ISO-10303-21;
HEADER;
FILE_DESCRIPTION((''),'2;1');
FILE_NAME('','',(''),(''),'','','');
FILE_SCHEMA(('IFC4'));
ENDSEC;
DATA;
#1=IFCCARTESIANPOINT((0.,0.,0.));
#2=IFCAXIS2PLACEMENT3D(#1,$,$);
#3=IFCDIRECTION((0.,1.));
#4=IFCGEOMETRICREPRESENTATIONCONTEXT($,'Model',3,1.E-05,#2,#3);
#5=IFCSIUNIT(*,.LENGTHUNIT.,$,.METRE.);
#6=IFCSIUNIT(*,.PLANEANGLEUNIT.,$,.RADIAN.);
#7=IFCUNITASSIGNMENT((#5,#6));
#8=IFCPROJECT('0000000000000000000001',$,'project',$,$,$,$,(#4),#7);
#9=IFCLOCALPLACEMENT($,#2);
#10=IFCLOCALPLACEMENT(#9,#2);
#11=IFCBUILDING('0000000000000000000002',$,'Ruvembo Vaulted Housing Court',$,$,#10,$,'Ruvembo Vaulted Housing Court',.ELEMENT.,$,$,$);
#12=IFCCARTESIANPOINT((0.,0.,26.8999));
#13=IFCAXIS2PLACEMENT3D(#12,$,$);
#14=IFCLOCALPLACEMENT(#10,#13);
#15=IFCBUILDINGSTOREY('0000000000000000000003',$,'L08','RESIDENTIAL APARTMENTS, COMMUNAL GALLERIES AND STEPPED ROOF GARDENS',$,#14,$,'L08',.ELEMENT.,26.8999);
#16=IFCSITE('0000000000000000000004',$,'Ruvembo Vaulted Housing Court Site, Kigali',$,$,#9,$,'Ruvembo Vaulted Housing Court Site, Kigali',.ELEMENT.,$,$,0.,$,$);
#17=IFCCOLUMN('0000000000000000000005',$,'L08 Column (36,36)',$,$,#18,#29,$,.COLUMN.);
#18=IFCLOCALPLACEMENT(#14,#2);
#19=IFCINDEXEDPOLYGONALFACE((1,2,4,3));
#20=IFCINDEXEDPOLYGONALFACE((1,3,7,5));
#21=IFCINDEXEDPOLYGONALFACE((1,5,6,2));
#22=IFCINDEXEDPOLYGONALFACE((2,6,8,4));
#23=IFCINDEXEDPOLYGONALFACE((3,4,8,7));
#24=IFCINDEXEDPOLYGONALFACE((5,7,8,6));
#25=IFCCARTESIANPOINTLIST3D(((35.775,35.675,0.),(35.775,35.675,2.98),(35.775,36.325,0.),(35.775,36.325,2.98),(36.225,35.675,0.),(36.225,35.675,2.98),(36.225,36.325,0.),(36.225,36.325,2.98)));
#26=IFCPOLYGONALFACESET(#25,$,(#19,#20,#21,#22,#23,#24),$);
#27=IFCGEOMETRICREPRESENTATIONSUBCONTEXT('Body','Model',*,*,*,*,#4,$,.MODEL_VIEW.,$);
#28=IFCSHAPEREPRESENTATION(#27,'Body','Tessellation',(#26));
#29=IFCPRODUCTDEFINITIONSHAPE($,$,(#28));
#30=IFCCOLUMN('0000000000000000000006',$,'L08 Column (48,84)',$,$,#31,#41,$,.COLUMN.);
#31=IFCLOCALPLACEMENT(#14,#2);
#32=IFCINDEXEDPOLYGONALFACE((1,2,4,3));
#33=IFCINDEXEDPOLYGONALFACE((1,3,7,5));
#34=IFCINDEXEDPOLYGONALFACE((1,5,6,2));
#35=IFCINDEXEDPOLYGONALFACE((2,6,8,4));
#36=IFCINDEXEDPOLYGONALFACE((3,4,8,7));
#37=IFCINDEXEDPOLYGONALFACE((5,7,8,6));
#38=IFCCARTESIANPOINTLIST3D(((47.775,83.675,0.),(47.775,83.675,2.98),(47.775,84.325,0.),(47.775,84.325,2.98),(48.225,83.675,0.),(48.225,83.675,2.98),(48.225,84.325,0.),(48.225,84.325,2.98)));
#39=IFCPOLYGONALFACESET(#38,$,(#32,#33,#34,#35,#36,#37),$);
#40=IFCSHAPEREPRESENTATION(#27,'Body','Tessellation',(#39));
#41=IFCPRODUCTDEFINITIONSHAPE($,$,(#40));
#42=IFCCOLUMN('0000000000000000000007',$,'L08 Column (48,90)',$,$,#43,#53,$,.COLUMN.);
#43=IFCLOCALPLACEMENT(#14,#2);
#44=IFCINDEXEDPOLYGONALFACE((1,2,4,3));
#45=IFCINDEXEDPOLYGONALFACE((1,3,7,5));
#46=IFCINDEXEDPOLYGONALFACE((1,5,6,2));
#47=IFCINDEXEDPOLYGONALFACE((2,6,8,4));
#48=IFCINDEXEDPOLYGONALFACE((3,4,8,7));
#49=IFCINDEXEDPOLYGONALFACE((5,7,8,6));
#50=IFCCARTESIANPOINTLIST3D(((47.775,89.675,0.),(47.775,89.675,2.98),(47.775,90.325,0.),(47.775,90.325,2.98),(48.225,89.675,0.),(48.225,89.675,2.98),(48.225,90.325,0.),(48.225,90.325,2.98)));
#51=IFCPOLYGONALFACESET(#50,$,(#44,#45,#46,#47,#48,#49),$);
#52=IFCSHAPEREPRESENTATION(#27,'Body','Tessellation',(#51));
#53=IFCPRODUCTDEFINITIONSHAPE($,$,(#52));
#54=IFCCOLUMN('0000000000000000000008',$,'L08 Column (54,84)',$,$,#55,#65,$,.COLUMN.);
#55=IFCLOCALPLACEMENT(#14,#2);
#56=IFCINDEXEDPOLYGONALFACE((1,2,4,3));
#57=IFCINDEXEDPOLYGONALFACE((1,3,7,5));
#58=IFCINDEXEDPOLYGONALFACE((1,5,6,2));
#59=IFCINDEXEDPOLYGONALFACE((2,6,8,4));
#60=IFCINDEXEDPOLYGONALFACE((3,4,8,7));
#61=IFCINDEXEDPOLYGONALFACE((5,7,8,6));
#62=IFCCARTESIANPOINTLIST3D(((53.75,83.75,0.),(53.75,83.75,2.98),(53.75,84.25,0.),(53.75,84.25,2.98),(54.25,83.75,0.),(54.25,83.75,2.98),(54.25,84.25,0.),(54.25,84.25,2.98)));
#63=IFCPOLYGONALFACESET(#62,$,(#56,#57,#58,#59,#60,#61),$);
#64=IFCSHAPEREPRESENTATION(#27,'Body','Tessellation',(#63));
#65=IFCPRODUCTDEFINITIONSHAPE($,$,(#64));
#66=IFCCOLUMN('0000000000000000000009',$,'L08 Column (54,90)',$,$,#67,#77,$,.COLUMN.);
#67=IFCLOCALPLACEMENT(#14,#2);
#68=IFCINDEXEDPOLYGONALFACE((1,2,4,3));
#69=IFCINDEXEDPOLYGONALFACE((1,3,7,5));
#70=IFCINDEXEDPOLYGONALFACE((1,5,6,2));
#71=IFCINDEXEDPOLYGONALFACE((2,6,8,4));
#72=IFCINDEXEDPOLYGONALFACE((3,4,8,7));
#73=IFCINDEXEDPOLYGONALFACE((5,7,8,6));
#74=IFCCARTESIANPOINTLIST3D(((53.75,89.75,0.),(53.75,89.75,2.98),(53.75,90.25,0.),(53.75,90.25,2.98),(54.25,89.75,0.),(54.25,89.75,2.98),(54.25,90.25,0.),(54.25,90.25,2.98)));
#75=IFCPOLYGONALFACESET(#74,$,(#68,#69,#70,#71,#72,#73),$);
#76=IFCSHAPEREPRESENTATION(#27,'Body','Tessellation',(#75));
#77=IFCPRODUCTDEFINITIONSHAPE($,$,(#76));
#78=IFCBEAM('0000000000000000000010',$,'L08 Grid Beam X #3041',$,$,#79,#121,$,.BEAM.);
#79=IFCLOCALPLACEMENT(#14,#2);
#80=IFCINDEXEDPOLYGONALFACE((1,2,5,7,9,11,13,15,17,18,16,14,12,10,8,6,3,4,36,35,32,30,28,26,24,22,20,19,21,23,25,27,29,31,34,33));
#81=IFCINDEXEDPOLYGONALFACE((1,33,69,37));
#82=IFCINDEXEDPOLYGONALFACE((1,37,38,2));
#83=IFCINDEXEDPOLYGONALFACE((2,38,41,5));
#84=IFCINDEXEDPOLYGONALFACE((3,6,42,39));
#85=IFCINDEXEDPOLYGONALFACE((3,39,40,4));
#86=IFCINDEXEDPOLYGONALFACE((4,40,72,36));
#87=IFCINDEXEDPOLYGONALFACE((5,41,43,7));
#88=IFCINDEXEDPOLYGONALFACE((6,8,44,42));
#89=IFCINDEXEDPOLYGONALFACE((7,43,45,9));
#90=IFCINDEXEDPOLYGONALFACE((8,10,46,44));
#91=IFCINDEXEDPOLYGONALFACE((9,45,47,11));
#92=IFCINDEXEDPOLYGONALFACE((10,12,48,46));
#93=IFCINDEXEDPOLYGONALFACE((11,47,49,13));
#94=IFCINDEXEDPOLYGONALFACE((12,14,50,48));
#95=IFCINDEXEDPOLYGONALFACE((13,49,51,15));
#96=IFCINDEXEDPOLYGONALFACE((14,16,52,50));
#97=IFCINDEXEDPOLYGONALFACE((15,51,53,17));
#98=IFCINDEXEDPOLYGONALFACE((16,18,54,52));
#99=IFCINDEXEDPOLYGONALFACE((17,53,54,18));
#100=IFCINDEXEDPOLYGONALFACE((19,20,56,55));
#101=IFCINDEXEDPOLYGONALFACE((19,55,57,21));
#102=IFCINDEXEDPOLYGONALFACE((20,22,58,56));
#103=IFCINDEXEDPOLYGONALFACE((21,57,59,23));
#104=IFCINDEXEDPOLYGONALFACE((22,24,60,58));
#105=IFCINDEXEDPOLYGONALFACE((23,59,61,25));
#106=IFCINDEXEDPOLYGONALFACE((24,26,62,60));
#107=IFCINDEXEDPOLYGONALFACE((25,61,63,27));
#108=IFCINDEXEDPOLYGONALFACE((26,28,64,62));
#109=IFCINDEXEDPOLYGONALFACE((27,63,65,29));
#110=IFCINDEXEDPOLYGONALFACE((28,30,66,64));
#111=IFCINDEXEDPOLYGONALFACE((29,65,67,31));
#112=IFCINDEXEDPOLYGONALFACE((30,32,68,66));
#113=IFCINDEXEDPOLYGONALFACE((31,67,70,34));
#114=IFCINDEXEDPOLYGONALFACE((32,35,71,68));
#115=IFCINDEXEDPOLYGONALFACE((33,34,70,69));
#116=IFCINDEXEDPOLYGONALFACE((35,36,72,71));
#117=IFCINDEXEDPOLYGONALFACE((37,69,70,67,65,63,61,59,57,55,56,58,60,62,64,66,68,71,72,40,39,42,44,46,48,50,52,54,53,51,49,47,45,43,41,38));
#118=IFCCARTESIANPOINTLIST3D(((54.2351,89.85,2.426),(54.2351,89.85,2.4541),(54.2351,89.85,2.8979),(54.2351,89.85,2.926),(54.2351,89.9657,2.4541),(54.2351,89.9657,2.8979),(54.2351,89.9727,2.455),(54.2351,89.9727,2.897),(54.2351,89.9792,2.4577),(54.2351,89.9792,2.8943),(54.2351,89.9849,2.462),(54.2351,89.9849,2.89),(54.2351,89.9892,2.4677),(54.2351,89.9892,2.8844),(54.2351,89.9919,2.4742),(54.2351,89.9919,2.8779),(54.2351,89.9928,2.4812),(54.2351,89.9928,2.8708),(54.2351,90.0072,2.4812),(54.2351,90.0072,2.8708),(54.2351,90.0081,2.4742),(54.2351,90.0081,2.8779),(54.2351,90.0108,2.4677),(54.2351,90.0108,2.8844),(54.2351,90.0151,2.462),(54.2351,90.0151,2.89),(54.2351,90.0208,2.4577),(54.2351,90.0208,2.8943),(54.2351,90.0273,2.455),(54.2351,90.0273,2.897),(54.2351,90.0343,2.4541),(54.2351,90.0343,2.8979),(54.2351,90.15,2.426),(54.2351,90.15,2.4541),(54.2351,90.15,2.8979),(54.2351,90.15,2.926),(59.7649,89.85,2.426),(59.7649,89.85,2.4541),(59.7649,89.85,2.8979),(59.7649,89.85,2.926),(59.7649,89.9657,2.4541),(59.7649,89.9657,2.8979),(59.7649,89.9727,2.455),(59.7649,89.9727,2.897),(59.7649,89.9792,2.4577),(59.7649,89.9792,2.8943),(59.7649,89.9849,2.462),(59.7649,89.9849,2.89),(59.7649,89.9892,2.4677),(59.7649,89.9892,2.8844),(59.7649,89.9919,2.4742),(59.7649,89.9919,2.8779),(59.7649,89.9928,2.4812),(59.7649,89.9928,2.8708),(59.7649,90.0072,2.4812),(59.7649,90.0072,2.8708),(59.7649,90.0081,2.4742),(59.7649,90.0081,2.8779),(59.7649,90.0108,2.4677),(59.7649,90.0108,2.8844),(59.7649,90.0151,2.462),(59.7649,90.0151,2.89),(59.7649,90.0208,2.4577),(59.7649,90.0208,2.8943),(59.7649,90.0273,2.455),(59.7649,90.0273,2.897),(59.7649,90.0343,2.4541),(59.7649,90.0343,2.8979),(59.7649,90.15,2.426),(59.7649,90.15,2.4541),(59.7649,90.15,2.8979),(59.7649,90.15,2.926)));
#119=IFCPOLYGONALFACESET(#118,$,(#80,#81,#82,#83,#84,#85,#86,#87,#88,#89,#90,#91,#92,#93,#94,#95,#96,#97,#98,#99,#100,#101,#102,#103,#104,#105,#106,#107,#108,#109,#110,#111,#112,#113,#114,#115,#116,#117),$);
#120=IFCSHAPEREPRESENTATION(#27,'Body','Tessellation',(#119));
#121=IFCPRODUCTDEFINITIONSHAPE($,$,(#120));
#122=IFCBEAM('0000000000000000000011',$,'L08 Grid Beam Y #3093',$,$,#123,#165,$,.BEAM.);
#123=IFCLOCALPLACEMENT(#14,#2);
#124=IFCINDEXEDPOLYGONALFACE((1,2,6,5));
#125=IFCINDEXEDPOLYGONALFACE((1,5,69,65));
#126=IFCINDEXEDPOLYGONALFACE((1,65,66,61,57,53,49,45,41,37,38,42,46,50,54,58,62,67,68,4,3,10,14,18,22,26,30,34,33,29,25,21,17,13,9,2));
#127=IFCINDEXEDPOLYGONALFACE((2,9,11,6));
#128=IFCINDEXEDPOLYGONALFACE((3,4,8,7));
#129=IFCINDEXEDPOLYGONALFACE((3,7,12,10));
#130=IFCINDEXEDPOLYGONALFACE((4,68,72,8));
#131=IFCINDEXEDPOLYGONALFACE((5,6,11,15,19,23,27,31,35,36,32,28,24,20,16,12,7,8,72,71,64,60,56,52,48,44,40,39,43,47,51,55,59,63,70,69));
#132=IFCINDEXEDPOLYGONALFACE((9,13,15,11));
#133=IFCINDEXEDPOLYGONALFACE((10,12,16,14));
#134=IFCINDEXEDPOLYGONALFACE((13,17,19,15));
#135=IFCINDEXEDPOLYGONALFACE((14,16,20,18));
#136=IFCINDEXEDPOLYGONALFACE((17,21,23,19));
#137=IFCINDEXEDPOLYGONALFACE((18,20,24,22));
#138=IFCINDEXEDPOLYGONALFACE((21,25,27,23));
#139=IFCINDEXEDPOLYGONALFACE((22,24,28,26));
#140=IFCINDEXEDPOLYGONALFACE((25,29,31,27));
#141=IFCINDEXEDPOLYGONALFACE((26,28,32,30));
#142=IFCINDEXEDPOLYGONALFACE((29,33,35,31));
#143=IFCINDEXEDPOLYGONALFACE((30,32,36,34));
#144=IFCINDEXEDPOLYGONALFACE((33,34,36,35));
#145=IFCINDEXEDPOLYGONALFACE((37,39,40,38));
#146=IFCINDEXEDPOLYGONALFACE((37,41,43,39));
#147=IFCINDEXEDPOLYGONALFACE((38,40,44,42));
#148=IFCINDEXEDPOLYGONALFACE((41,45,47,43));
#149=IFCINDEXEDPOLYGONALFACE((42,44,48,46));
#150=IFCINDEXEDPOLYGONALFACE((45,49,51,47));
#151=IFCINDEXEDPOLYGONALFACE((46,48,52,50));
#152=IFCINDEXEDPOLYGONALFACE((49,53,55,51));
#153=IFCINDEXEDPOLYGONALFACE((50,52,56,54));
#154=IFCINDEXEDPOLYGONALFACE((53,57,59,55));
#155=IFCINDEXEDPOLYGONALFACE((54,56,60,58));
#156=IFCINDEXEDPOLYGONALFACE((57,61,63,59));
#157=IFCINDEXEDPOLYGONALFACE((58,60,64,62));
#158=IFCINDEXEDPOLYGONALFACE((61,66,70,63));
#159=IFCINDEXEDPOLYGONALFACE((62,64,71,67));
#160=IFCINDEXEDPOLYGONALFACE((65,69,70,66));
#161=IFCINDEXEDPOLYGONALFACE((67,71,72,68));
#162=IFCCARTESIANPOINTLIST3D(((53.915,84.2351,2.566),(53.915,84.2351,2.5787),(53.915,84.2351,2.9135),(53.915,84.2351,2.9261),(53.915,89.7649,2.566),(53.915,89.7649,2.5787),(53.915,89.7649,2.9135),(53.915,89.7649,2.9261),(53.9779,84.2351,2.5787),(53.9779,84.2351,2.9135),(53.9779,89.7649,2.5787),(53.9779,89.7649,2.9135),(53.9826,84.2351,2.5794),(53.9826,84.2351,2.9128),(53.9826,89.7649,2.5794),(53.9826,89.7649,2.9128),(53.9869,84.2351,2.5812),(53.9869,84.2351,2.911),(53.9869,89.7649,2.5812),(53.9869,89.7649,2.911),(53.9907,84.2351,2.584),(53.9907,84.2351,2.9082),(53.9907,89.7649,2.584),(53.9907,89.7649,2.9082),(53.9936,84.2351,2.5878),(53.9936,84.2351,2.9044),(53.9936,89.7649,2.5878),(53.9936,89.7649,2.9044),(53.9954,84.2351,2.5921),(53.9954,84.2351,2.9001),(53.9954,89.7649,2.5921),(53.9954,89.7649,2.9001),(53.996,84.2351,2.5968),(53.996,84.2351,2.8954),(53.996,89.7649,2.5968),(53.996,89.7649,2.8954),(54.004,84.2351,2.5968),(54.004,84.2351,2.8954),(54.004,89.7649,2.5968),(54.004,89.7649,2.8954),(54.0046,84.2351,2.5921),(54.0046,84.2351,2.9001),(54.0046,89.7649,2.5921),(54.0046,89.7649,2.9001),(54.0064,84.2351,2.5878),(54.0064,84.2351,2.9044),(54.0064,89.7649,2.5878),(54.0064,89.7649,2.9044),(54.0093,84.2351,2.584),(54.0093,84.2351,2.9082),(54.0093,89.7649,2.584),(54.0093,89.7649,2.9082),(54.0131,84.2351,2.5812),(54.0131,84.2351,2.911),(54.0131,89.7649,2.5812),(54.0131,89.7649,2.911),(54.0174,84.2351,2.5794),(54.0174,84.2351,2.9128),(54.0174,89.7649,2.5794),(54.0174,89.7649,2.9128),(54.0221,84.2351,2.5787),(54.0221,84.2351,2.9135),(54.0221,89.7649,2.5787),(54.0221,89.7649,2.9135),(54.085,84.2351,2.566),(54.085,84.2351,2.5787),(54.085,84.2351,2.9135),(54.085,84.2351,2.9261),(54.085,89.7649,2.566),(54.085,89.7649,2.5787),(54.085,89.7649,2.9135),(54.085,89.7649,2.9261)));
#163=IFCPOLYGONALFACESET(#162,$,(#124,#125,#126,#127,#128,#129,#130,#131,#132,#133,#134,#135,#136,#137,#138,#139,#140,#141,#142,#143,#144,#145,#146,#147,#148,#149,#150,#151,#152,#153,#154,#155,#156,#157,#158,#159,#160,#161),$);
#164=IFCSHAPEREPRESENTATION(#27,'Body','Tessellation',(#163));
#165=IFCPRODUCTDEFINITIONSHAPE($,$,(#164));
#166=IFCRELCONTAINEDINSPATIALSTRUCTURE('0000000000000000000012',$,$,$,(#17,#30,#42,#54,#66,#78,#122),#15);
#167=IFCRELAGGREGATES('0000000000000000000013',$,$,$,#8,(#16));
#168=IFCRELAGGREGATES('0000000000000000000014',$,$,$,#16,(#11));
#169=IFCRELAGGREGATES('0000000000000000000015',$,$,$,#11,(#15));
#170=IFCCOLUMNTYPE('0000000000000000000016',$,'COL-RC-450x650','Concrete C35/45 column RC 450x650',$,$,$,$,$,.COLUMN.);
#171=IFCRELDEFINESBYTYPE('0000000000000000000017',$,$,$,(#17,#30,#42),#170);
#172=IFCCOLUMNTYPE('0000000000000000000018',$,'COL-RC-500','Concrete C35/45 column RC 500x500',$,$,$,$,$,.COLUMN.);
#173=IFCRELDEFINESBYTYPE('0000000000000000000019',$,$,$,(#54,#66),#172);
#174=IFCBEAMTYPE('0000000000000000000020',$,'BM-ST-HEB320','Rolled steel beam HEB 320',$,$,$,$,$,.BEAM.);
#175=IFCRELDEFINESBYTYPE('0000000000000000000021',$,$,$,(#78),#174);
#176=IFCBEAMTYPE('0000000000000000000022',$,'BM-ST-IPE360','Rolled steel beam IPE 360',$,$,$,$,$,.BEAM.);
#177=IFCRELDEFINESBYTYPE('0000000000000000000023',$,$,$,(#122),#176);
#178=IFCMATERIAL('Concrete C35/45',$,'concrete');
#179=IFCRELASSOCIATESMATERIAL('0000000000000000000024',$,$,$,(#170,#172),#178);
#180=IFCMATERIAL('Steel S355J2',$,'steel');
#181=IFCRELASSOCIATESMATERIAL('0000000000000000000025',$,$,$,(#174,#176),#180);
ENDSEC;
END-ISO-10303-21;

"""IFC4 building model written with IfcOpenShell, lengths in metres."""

from ifc_helpers import new_model, si_unit, direction, frame, origin, origin_2d, place, context, subcontext, project, spatial, rectangle, i_section, extrude, material, material_profile, profile_set, type_object, element, save


model = new_model("IFC4")

# Units and contexts
model_context = context("Model", 3, precision=1e-05, world=origin(), true_north=direction((0.0, 1.0)))
body_context = subcontext(model_context, "Body", "Model", "MODEL_VIEW")
ifc_project = project(units=[si_unit("LENGTHUNIT", "METRE"), si_unit("PLANEANGLEUNIT", "RADIAN")], contexts=[model_context])

# Site, building, storey
site_placement = place(None, origin())
site = spatial("IfcSite", under=ifc_project, at=site_placement, Name="Ruvembo Vaulted Housing Court Site, Kigali", LongName="Ruvembo Vaulted Housing Court Site, Kigali", CompositionType="ELEMENT", RefElevation=0.0)
building_placement = place(site_placement, origin())
building = spatial("IfcBuilding", under=site, at=building_placement, Name="Ruvembo Vaulted Housing Court", LongName="Ruvembo Vaulted Housing Court", CompositionType="ELEMENT")
storey_placement = place(building_placement, frame((0.0, 0.0, 26.8999)))
storey = spatial("IfcBuildingStorey", under=building, at=storey_placement, Name="L08", Description="RESIDENTIAL APARTMENTS, COMMUNAL GALLERIES AND STEPPED ROOF GARDENS", LongName="L08", CompositionType="ELEMENT", Elevation=26.8999)

# Columns
ifc_material_1 = material(Name="Concrete C35/45", Category="concrete")
ifc_material_profile_1 = material_profile(ifc_material_1, rectangle(XDim=0.45, YDim=0.6499, at=origin_2d()), Name="RC 450x650")
ifc_profile_set_1 = profile_set([ifc_material_profile_1], Name="Concrete C35/45")
column_type_1 = type_object("IfcColumnType", Name="COL-RC-450x650", Description="Concrete C35/45 column RC 450x650", PredefinedType="COLUMN", material=ifc_profile_set_1)
for number, where, z_axis, x_axis, name in (
    (1, (36.0, 36.0, 0.0), (0.0, 0.0, 1.0), (1.0, 0.0, 0.0), "L08 Column (36,36)"),
    (2, (48.0, 84.0, 0.0), (0.0, 0.0, 1.0), (1.0, 0.0, 0.0), "L08 Column (48,84)"),
    (3, (48.0, 90.0, 0.0), (0.0, 0.0, 1.0), (1.0, 0.0, 0.0), "L08 Column (48,90)"),
):
    element("IfcColumn", number, at=place(storey_placement, frame(where, z_axis=z_axis, x_axis=x_axis)), inside=storey, type_object=column_type_1, Name=name, PredefinedType="COLUMN", context=body_context, shape_type="SweptSolid", body=[
        extrude(rectangle(XDim=0.45, YDim=0.6499, at=origin_2d()), origin(), (0.0, 0.0, 1.0), 2.98),
    ])
ifc_material_profile_2 = material_profile(ifc_material_1, rectangle(XDim=0.5, YDim=0.5, at=origin_2d()), Name="RC 500x500")
ifc_profile_set_2 = profile_set([ifc_material_profile_2], Name="Concrete C35/45")
column_type_2 = type_object("IfcColumnType", Name="COL-RC-500", Description="Concrete C35/45 column RC 500x500", PredefinedType="COLUMN", material=ifc_profile_set_2)
for number, where, z_axis, x_axis, name in (
    (4, (54.0, 84.0, 0.0), (0.0, 0.0, 1.0), (1.0, 0.0, 0.0), "L08 Column (54,84)"),
    (5, (54.0, 90.0, 0.0), (0.0, 0.0, 1.0), (1.0, 0.0, 0.0), "L08 Column (54,90)"),
):
    element("IfcColumn", number, at=place(storey_placement, frame(where, z_axis=z_axis, x_axis=x_axis)), inside=storey, type_object=column_type_2, Name=name, PredefinedType="COLUMN", context=body_context, shape_type="SweptSolid", body=[
        extrude(rectangle(XDim=0.5, YDim=0.5, at=origin_2d()), origin(), (0.0, 0.0, 1.0), 2.98),
    ])

# Beams
ifc_material_2 = material(Name="Steel S355J2", Category="steel")
ifc_material_profile_3 = material_profile(ifc_material_2, i_section(OverallWidth=0.3, OverallDepth=0.5, WebThickness=0.0144, FlangeThickness=0.0281, FilletRadius=0.0271, at=origin_2d()), Name="HEB 320")
ifc_profile_set_3 = profile_set([ifc_material_profile_3], Name="Steel S355J2")
beam_type_1 = type_object("IfcBeamType", Name="BM-ST-HEB320", Description="Rolled steel beam HEB 320", PredefinedType="BEAM", material=ifc_profile_set_3)
beam_1_placement = place(storey_placement, frame((54.2351, 90.0, 2.676), z_axis=(1.0, 0.0, 0.0), x_axis=(0.0, 1.0, 0.0)))
element("IfcBeam", 6, at=beam_1_placement, inside=storey, type_object=beam_type_1, Name="L08 Grid Beam X #3041", PredefinedType="BEAM", context=body_context, shape_type="SweptSolid", body=[
    extrude(i_section(OverallWidth=0.3, OverallDepth=0.5, WebThickness=0.0144, FlangeThickness=0.0281, FilletRadius=0.0271, at=origin_2d()), origin(), (0.0, 0.0, 1.0), 5.5298),
])
ifc_material_profile_4 = material_profile(ifc_material_2, i_section(OverallWidth=0.1699, OverallDepth=0.3601, WebThickness=0.0081, FlangeThickness=0.0127, FilletRadius=0.0181, at=origin_2d()), Name="IPE 360")
ifc_profile_set_4 = profile_set([ifc_material_profile_4], Name="Steel S355J2")
beam_type_2 = type_object("IfcBeamType", Name="BM-ST-IPE360", Description="Rolled steel beam IPE 360", PredefinedType="BEAM", material=ifc_profile_set_4)
beam_2_placement = place(storey_placement, frame((54.0, 84.2351, 2.7461), z_axis=(0.0, 1.0, 0.0), x_axis=(-1.0, 0.0, 0.0)))
element("IfcBeam", 7, at=beam_2_placement, inside=storey, type_object=beam_type_2, Name="L08 Grid Beam Y #3093", PredefinedType="BEAM", context=body_context, shape_type="SweptSolid", body=[
    extrude(i_section(OverallWidth=0.1699, OverallDepth=0.3601, WebThickness=0.0081, FlangeThickness=0.0127, FilletRadius=0.0181, at=origin_2d()), origin(), (0.0, 0.0, 1.0), 5.5298),
])

save(model, "model.ifc")
